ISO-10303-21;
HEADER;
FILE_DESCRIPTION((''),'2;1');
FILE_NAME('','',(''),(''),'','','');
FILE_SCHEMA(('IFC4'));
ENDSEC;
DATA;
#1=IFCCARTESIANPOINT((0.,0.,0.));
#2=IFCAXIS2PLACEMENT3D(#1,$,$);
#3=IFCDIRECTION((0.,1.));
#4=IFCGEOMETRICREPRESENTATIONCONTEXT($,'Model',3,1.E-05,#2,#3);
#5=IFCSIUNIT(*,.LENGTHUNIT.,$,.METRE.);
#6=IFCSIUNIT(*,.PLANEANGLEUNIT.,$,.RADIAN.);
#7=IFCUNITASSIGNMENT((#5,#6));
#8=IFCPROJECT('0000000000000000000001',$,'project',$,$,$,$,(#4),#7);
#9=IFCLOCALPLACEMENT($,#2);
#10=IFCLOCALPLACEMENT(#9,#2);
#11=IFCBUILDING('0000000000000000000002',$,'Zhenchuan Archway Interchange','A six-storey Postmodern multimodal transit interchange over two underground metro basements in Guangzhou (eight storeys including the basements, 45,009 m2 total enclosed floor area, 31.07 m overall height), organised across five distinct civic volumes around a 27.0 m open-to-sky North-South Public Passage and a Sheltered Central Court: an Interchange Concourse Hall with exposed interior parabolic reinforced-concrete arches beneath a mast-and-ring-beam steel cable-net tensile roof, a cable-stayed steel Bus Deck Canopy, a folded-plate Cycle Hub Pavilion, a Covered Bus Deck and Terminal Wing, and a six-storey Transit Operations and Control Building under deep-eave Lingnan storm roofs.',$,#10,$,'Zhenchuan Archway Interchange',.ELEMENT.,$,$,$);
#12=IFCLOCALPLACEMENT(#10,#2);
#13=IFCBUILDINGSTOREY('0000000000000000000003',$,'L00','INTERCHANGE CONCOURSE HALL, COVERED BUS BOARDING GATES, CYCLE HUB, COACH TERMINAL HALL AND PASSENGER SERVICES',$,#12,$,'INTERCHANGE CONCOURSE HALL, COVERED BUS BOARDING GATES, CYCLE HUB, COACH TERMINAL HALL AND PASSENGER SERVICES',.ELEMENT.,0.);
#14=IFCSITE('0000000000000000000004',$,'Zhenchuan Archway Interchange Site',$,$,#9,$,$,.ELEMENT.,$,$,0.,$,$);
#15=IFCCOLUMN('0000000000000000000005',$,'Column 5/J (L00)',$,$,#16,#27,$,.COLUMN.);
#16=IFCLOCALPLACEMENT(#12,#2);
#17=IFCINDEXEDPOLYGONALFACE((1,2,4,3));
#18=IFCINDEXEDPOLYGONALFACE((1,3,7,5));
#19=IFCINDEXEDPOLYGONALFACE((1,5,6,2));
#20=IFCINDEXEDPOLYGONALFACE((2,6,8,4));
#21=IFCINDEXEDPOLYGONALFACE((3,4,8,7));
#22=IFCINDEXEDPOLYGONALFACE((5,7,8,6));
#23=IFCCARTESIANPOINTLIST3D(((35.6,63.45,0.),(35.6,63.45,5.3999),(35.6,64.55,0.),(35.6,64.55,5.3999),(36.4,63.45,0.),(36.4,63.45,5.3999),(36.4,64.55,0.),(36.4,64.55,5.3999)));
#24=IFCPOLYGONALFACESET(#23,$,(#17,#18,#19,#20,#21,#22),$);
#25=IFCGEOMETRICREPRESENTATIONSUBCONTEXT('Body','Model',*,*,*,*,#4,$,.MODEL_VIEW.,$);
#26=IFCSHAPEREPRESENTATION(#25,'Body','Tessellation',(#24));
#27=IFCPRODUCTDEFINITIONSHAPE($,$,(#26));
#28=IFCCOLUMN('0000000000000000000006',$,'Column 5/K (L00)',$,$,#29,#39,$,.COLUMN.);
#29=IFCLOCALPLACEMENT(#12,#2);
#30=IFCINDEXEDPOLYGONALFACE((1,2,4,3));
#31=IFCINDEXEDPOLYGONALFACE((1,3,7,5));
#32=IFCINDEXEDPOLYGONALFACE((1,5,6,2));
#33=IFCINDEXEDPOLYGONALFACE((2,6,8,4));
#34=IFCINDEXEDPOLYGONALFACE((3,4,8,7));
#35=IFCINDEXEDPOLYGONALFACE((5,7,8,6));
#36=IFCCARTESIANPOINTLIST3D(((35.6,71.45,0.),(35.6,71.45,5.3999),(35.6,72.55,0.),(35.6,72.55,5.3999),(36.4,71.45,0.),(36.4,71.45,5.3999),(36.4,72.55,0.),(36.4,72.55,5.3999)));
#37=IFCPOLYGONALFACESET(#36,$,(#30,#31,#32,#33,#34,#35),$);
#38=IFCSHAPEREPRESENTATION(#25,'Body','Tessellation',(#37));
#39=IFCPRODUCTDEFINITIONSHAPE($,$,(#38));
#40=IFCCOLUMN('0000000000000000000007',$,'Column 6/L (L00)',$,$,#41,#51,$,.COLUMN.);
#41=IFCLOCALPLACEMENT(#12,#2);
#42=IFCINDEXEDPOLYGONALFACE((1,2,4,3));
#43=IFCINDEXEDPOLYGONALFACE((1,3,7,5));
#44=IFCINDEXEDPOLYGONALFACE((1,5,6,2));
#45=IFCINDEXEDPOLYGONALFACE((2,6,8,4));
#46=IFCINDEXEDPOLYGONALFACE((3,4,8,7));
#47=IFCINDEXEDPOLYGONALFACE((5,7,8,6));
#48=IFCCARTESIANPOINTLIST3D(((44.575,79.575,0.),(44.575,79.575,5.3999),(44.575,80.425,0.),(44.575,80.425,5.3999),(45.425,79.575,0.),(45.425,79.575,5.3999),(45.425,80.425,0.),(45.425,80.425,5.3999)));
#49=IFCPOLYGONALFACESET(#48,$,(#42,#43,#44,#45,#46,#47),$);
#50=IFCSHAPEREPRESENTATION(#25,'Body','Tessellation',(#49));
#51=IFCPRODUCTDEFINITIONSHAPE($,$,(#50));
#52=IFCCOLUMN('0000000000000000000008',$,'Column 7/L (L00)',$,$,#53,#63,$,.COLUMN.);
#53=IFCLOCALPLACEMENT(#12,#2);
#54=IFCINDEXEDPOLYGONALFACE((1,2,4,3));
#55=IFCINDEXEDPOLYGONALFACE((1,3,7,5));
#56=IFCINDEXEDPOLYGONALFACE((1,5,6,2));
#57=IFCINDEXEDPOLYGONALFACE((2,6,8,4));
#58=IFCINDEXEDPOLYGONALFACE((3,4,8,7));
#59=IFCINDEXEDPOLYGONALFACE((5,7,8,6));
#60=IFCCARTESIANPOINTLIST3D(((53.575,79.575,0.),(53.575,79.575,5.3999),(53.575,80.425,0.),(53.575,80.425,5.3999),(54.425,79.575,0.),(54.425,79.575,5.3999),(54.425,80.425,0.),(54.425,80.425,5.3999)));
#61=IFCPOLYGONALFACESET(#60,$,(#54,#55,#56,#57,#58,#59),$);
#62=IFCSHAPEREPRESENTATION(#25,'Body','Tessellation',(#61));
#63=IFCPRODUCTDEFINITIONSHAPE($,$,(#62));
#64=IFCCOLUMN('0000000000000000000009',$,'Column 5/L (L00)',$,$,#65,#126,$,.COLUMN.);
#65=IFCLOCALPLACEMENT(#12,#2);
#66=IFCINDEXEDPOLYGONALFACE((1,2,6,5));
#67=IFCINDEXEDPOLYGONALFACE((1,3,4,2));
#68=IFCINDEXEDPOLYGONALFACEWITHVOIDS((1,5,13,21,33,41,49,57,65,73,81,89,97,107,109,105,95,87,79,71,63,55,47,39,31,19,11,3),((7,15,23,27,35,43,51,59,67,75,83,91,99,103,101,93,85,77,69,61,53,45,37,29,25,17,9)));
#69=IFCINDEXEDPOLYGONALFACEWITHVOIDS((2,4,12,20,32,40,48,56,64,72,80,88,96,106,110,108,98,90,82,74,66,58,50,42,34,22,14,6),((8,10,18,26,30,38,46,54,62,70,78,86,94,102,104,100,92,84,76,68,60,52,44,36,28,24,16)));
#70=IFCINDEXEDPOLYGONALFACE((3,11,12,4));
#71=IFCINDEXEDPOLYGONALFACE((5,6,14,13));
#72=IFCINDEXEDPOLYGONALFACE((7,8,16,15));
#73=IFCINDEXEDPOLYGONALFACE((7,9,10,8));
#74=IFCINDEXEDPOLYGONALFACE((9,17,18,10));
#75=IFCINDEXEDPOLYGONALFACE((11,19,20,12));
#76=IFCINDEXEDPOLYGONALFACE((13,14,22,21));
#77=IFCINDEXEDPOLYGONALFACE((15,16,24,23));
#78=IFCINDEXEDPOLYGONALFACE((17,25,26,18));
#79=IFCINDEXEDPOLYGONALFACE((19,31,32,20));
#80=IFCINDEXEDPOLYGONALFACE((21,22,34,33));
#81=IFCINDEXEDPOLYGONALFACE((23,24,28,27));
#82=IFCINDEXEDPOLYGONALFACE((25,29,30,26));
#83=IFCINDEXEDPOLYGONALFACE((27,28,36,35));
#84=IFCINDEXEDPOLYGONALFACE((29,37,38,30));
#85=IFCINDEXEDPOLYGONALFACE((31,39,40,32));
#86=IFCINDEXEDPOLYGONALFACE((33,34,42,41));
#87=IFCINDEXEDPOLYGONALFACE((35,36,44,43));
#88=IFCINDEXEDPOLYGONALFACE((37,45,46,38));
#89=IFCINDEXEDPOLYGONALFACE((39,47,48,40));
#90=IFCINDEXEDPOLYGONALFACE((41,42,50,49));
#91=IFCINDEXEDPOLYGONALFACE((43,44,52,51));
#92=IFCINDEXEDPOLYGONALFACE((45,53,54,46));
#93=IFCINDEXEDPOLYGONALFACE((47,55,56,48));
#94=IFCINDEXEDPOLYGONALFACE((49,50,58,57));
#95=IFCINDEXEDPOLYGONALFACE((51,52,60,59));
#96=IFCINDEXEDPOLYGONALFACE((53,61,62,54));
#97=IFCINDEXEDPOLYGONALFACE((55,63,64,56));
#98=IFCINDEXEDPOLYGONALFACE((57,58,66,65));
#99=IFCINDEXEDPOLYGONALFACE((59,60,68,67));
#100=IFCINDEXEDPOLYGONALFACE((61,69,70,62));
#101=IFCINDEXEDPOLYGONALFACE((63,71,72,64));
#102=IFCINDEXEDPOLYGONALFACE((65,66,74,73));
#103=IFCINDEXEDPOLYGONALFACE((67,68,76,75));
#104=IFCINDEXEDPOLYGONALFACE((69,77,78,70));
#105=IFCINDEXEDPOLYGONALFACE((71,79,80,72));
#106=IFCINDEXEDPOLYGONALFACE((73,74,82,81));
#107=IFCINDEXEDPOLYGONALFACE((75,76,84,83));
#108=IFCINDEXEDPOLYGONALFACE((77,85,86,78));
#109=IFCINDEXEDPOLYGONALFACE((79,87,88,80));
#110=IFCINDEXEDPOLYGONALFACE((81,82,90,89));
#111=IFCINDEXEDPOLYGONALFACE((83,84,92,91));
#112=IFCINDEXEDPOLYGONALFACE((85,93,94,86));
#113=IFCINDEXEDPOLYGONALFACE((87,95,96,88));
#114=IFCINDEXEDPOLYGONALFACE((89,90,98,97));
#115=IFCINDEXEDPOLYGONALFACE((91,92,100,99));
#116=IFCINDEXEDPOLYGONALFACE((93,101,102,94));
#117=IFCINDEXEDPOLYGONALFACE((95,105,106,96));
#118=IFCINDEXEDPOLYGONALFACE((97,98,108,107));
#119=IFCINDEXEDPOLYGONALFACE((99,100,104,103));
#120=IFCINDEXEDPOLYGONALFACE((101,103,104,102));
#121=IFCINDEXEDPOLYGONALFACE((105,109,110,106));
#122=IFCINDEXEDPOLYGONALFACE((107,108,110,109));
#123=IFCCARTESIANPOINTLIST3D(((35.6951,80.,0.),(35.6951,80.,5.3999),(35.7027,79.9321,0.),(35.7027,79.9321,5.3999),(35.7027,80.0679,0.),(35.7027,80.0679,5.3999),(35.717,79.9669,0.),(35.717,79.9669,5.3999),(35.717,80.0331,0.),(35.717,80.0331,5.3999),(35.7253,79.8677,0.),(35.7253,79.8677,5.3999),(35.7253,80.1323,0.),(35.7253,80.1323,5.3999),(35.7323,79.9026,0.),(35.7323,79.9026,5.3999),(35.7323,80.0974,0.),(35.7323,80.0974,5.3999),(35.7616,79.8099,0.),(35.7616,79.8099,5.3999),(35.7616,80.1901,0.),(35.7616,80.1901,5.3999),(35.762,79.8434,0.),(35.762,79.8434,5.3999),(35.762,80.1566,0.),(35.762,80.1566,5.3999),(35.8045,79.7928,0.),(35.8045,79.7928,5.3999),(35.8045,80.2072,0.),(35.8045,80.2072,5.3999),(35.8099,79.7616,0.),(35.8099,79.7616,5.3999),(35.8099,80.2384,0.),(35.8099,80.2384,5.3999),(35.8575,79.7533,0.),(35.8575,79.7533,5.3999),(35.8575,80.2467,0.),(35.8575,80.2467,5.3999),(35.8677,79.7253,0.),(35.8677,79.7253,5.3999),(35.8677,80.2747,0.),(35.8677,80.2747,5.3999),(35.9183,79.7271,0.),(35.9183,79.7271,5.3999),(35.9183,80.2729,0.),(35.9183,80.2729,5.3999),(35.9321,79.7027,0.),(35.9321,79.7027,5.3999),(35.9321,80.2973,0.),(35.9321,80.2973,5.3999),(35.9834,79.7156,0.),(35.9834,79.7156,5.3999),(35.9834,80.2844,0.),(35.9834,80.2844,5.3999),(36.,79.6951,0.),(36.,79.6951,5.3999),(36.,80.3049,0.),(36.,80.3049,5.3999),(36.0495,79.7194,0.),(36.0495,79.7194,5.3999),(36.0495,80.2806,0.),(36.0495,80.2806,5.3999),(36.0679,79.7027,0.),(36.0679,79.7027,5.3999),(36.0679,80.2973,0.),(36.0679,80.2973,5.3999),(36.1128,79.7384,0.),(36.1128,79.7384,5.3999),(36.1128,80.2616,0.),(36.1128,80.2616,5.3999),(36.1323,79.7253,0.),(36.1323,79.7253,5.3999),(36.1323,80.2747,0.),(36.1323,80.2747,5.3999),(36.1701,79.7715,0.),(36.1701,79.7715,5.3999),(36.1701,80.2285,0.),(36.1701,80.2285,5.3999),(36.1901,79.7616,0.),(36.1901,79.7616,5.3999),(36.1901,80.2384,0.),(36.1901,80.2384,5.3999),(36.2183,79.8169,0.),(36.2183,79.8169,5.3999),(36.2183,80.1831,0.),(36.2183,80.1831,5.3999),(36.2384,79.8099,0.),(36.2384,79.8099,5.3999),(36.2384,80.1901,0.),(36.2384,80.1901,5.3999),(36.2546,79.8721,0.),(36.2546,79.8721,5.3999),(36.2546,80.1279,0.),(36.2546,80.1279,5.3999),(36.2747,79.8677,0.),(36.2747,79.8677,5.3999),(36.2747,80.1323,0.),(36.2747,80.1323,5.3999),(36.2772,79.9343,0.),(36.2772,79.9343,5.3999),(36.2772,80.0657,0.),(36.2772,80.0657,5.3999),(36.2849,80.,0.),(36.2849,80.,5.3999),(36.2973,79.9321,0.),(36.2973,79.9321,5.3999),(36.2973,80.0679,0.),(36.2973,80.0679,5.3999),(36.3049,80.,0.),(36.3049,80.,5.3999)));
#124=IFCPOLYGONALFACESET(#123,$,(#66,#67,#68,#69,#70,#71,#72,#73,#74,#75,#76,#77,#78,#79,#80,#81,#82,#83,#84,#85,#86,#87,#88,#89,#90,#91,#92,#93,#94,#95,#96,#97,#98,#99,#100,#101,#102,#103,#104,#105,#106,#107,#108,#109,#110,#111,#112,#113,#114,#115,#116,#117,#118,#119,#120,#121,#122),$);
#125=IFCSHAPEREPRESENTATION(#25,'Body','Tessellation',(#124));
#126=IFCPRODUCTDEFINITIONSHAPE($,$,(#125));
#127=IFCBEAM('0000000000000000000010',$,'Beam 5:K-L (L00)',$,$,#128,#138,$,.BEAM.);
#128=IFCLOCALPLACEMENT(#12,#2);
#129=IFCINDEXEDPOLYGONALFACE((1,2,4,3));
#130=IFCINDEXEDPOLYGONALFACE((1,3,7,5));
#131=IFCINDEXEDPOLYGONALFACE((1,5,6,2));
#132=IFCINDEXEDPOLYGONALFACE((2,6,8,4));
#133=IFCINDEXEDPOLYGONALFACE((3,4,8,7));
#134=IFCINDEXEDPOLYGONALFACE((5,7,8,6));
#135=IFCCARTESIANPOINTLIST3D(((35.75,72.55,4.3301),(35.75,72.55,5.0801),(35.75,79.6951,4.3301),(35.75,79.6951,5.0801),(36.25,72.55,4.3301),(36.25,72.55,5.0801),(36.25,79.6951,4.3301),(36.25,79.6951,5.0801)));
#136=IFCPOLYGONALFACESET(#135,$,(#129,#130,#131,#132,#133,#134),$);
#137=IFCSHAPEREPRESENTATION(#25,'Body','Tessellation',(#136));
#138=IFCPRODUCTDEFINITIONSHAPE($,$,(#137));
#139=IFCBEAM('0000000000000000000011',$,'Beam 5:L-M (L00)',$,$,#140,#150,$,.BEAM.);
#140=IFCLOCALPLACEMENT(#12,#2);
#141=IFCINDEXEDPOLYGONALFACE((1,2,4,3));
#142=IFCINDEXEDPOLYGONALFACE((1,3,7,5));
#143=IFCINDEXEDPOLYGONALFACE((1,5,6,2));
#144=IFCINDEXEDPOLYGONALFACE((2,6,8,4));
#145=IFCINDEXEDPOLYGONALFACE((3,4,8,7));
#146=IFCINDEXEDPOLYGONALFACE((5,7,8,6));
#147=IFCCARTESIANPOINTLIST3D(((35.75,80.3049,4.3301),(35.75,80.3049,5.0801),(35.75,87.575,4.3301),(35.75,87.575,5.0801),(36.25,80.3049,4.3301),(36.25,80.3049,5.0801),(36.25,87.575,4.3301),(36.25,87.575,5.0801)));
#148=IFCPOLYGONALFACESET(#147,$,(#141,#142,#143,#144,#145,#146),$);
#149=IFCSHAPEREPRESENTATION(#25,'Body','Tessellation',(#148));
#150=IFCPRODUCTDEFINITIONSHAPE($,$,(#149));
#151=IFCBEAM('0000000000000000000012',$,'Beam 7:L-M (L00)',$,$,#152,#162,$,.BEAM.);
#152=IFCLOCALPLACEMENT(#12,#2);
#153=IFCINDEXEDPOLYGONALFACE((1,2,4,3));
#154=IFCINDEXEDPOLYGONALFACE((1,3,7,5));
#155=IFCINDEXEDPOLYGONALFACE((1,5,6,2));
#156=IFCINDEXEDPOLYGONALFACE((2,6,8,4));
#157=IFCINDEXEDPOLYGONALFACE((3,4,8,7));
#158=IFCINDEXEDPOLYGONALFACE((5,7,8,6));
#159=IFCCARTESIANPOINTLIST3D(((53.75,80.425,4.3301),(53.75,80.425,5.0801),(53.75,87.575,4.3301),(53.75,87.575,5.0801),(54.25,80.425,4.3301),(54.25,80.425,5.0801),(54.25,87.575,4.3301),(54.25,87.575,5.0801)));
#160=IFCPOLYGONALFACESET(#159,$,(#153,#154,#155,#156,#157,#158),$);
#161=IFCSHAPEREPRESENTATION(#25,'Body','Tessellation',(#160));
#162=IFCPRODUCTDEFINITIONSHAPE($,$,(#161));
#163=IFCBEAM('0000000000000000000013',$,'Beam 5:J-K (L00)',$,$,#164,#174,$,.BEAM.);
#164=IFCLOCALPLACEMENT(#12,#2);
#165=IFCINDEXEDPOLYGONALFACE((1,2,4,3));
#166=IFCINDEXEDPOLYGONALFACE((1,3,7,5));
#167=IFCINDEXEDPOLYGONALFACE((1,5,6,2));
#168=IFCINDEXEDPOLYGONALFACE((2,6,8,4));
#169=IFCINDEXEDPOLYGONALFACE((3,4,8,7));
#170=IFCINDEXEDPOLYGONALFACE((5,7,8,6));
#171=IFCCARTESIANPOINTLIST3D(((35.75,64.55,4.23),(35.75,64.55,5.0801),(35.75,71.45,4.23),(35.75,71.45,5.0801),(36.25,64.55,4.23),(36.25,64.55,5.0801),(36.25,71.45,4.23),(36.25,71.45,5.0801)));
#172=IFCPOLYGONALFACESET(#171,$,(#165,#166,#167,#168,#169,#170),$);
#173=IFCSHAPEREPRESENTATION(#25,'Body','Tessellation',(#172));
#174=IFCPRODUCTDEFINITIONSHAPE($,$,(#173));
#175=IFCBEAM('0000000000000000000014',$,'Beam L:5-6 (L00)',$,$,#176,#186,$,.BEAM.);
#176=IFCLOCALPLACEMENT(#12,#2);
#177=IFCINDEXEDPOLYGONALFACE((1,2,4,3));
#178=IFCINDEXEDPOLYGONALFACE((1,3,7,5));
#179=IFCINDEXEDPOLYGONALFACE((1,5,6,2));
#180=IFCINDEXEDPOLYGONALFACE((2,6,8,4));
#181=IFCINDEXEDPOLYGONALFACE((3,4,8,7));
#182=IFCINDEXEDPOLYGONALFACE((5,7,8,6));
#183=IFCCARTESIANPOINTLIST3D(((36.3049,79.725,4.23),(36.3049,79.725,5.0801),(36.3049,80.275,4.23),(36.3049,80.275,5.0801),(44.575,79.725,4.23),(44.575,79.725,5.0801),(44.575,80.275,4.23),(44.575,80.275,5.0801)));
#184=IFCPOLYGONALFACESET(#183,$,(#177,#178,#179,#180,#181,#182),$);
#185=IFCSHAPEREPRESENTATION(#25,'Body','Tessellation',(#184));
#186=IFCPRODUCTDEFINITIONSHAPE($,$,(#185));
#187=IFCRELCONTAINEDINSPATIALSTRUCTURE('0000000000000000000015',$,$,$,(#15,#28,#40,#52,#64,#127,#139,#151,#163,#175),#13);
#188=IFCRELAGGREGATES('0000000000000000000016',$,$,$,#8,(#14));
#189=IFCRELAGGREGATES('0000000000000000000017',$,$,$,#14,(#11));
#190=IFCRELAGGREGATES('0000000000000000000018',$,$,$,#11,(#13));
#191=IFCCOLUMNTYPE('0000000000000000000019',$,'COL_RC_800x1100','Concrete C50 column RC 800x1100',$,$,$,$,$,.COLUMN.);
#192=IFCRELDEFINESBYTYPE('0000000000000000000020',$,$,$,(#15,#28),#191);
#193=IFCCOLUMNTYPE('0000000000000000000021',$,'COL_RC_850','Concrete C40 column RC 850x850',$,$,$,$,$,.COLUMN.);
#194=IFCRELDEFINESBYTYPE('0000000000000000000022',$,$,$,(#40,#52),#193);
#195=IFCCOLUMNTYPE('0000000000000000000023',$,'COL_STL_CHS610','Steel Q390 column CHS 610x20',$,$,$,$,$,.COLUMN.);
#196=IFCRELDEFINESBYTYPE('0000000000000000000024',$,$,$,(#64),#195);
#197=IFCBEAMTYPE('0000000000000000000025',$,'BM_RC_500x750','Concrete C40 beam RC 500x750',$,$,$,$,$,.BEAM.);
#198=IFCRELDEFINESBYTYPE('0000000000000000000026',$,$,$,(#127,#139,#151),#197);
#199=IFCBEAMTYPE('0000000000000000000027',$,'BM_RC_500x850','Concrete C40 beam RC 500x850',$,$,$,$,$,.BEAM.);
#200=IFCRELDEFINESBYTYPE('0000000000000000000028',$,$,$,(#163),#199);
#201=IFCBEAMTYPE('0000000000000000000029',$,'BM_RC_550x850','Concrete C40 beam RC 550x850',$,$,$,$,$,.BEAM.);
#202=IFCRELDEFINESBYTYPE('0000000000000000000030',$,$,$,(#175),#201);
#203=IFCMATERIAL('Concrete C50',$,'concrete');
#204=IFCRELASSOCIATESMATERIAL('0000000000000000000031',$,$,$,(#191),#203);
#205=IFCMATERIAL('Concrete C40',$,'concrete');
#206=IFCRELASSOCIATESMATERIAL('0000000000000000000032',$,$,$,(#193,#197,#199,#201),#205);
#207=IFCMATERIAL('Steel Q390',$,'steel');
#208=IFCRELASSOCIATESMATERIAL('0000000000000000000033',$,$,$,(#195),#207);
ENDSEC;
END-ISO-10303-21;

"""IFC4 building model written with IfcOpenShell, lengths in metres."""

from ifc_helpers import new_model, si_unit, direction, frame, origin, origin_2d, place, context, subcontext, project, spatial, rectangle, hollow_circle, extrude, material, material_profile, profile_set, type_object, element, save


model = new_model("IFC4")

# Units and contexts
model_context = context("Model", 3, precision=1e-05, world=origin(), true_north=direction((0.0, 1.0)))
body_context = subcontext(model_context, "Body", "Model", "MODEL_VIEW")
ifc_project = project(units=[si_unit("LENGTHUNIT", "METRE"), si_unit("PLANEANGLEUNIT", "RADIAN")], contexts=[model_context])

# Site, building, storey
site_placement = place(None, origin())
site = spatial("IfcSite", under=ifc_project, at=site_placement, Name="Zhenchuan Archway Interchange Site", CompositionType="ELEMENT", RefElevation=0.0)
building_placement = place(site_placement, origin())
building = spatial("IfcBuilding", under=site, at=building_placement, Name="Zhenchuan Archway Interchange", Description="A six-storey Postmodern multimodal transit interchange over two underground metro basements in Guangzhou (eight storeys including the basements, 45,009 m2 total enclosed floor area, 31.07 m overall height), organised across five distinct civic volumes around a 27.0 m open-to-sky North-South Public Passage and a Sheltered Central Court: an Interchange Concourse Hall with exposed interior parabolic reinforced-concrete arches beneath a mast-and-ring-beam steel cable-net tensile roof, a cable-stayed steel Bus Deck Canopy, a folded-plate Cycle Hub Pavilion, a Covered Bus Deck and Terminal Wing, and a six-storey Transit Operations and Control Building under deep-eave Lingnan storm roofs.", LongName="Zhenchuan Archway Interchange", CompositionType="ELEMENT")
storey_placement = place(building_placement, origin())
storey = spatial("IfcBuildingStorey", under=building, at=storey_placement, Name="L00", Description="INTERCHANGE CONCOURSE HALL, COVERED BUS BOARDING GATES, CYCLE HUB, COACH TERMINAL HALL AND PASSENGER SERVICES", LongName="INTERCHANGE CONCOURSE HALL, COVERED BUS BOARDING GATES, CYCLE HUB, COACH TERMINAL HALL AND PASSENGER SERVICES", CompositionType="ELEMENT", Elevation=0.0)

# Columns
ifc_material_1 = material(Name="Concrete C50", Category="concrete")
ifc_material_profile_1 = material_profile(ifc_material_1, rectangle(XDim=0.8, YDim=1.1001, at=origin_2d()), Name="RC 800x1100")
ifc_profile_set_1 = profile_set([ifc_material_profile_1], Name="Concrete C50")
column_type_1 = type_object("IfcColumnType", Name="COL_RC_800x1100", Description="Concrete C50 column RC 800x1100", PredefinedType="COLUMN", material=ifc_profile_set_1)
for number, where, z_axis, x_axis, name in (
    (1, (36.0, 64.0, 0.0), (0.0, 0.0, 1.0), (1.0, 0.0, 0.0), "Column 5/J (L00)"),
    (2, (36.0, 72.0, 0.0), (0.0, 0.0, 1.0), (1.0, 0.0, 0.0), "Column 5/K (L00)"),
):
    element("IfcColumn", number, at=place(storey_placement, frame(where, z_axis=z_axis, x_axis=x_axis)), inside=storey, type_object=column_type_1, Name=name, PredefinedType="COLUMN", context=body_context, shape_type="SweptSolid", body=[
        extrude(rectangle(XDim=0.8, YDim=1.1001, at=origin_2d()), origin(), (0.0, 0.0, 1.0), 5.3999),
    ])
ifc_material_2 = material(Name="Concrete C40", Category="concrete")
ifc_material_profile_2 = material_profile(ifc_material_2, rectangle(XDim=0.8501, YDim=0.8501, at=origin_2d()), Name="RC 850x850")
ifc_profile_set_2 = profile_set([ifc_material_profile_2], Name="Concrete C40")
column_type_2 = type_object("IfcColumnType", Name="COL_RC_850", Description="Concrete C40 column RC 850x850", PredefinedType="COLUMN", material=ifc_profile_set_2)
for number, where, z_axis, x_axis, name in (
    (3, (45.0, 80.0, 0.0), (0.0, 0.0, 1.0), (1.0, 0.0, 0.0), "Column 6/L (L00)"),
    (4, (54.0, 80.0, 0.0), (0.0, 0.0, 1.0), (1.0, 0.0, 0.0), "Column 7/L (L00)"),
):
    element("IfcColumn", number, at=place(storey_placement, frame(where, z_axis=z_axis, x_axis=x_axis)), inside=storey, type_object=column_type_2, Name=name, PredefinedType="COLUMN", context=body_context, shape_type="SweptSolid", body=[
        extrude(rectangle(XDim=0.8501, YDim=0.8501, at=origin_2d()), origin(), (0.0, 0.0, 1.0), 5.3999),
    ])
ifc_material_3 = material(Name="Steel Q390", Category="steel")
ifc_material_profile_3 = material_profile(ifc_material_3, hollow_circle(Radius=0.3049, WallThickness=0.02, at=origin_2d()), Name="CHS 610x20")
ifc_profile_set_3 = profile_set([ifc_material_profile_3], Name="Steel Q390")
column_type_3 = type_object("IfcColumnType", Name="COL_STL_CHS610", Description="Steel Q390 column CHS 610x20", PredefinedType="COLUMN", material=ifc_profile_set_3)
column_placement = place(storey_placement, frame((36.0, 80.0, 0.0), z_axis=(0.0, 0.0, 1.0), x_axis=(1.0, 0.0, 0.0)))
element("IfcColumn", 5, at=column_placement, inside=storey, type_object=column_type_3, Name="Column 5/L (L00)", PredefinedType="COLUMN", context=body_context, shape_type="SweptSolid", body=[
    extrude(hollow_circle(Radius=0.3049, WallThickness=0.02, at=origin_2d()), origin(), (0.0, 0.0, 1.0), 5.3999),
])

# Beams
ifc_material_profile_4 = material_profile(ifc_material_2, rectangle(XDim=0.5, YDim=0.75, at=origin_2d()), Name="RC 500x750")
ifc_profile_set_4 = profile_set([ifc_material_profile_4], Name="Concrete C40")
beam_type_1 = type_object("IfcBeamType", Name="BM_RC_500x750", Description="Concrete C40 beam RC 500x750", PredefinedType="BEAM", material=ifc_profile_set_4)
beam_1_placement = place(storey_placement, frame((36.0, 72.55, 4.7051), z_axis=(0.0, 1.0, 0.0), x_axis=(-1.0, 0.0, 0.0)))
element("IfcBeam", 6, at=beam_1_placement, inside=storey, type_object=beam_type_1, Name="Beam 5:K-L (L00)", PredefinedType="BEAM", context=body_context, shape_type="SweptSolid", body=[
    extrude(rectangle(XDim=0.5, YDim=0.75, at=origin_2d()), origin(), (0.0, 0.0, 1.0), 7.145),
])
beam_2_placement = place(storey_placement, frame((36.0, 80.3049, 4.7051), z_axis=(0.0, 1.0, 0.0), x_axis=(-1.0, 0.0, 0.0)))
element("IfcBeam", 7, at=beam_2_placement, inside=storey, type_object=beam_type_1, Name="Beam 5:L-M (L00)", PredefinedType="BEAM", context=body_context, shape_type="SweptSolid", body=[
    extrude(rectangle(XDim=0.5, YDim=0.75, at=origin_2d()), origin(), (0.0, 0.0, 1.0), 7.27),
])
beam_3_placement = place(storey_placement, frame((54.0, 80.425, 4.7051), z_axis=(0.0, 1.0, 0.0), x_axis=(-1.0, 0.0, 0.0)))
element("IfcBeam", 8, at=beam_3_placement, inside=storey, type_object=beam_type_1, Name="Beam 7:L-M (L00)", PredefinedType="BEAM", context=body_context, shape_type="SweptSolid", body=[
    extrude(rectangle(XDim=0.5, YDim=0.75, at=origin_2d()), origin(), (0.0, 0.0, 1.0), 7.1499),
])
ifc_material_profile_5 = material_profile(ifc_material_2, rectangle(XDim=0.5, YDim=0.8501, at=origin_2d()), Name="RC 500x850")
ifc_profile_set_5 = profile_set([ifc_material_profile_5], Name="Concrete C40")
beam_type_2 = type_object("IfcBeamType", Name="BM_RC_500x850", Description="Concrete C40 beam RC 500x850", PredefinedType="BEAM", material=ifc_profile_set_5)
beam_4_placement = place(storey_placement, frame((36.0, 64.55, 4.655), z_axis=(0.0, 1.0, 0.0), x_axis=(-1.0, 0.0, 0.0)))
element("IfcBeam", 9, at=beam_4_placement, inside=storey, type_object=beam_type_2, Name="Beam 5:J-K (L00)", PredefinedType="BEAM", context=body_context, shape_type="SweptSolid", body=[
    extrude(rectangle(XDim=0.5, YDim=0.8501, at=origin_2d()), origin(), (0.0, 0.0, 1.0), 6.8999),
])
ifc_material_profile_6 = material_profile(ifc_material_2, rectangle(XDim=0.55, YDim=0.8501, at=origin_2d()), Name="RC 550x850")
ifc_profile_set_6 = profile_set([ifc_material_profile_6], Name="Concrete C40")
beam_type_3 = type_object("IfcBeamType", Name="BM_RC_550x850", Description="Concrete C40 beam RC 550x850", PredefinedType="BEAM", material=ifc_profile_set_6)
beam_5_placement = place(storey_placement, frame((36.3049, 80.0, 4.655), z_axis=(1.0, 0.0, 0.0), x_axis=(0.0, 1.0, 0.0)))
element("IfcBeam", 10, at=beam_5_placement, inside=storey, type_object=beam_type_3, Name="Beam L:5-6 (L00)", PredefinedType="BEAM", context=body_context, shape_type="SweptSolid", body=[
    extrude(rectangle(XDim=0.55, YDim=0.8501, at=origin_2d()), origin(), (0.0, 0.0, 1.0), 8.27),
])

save(model, "model.ifc")
